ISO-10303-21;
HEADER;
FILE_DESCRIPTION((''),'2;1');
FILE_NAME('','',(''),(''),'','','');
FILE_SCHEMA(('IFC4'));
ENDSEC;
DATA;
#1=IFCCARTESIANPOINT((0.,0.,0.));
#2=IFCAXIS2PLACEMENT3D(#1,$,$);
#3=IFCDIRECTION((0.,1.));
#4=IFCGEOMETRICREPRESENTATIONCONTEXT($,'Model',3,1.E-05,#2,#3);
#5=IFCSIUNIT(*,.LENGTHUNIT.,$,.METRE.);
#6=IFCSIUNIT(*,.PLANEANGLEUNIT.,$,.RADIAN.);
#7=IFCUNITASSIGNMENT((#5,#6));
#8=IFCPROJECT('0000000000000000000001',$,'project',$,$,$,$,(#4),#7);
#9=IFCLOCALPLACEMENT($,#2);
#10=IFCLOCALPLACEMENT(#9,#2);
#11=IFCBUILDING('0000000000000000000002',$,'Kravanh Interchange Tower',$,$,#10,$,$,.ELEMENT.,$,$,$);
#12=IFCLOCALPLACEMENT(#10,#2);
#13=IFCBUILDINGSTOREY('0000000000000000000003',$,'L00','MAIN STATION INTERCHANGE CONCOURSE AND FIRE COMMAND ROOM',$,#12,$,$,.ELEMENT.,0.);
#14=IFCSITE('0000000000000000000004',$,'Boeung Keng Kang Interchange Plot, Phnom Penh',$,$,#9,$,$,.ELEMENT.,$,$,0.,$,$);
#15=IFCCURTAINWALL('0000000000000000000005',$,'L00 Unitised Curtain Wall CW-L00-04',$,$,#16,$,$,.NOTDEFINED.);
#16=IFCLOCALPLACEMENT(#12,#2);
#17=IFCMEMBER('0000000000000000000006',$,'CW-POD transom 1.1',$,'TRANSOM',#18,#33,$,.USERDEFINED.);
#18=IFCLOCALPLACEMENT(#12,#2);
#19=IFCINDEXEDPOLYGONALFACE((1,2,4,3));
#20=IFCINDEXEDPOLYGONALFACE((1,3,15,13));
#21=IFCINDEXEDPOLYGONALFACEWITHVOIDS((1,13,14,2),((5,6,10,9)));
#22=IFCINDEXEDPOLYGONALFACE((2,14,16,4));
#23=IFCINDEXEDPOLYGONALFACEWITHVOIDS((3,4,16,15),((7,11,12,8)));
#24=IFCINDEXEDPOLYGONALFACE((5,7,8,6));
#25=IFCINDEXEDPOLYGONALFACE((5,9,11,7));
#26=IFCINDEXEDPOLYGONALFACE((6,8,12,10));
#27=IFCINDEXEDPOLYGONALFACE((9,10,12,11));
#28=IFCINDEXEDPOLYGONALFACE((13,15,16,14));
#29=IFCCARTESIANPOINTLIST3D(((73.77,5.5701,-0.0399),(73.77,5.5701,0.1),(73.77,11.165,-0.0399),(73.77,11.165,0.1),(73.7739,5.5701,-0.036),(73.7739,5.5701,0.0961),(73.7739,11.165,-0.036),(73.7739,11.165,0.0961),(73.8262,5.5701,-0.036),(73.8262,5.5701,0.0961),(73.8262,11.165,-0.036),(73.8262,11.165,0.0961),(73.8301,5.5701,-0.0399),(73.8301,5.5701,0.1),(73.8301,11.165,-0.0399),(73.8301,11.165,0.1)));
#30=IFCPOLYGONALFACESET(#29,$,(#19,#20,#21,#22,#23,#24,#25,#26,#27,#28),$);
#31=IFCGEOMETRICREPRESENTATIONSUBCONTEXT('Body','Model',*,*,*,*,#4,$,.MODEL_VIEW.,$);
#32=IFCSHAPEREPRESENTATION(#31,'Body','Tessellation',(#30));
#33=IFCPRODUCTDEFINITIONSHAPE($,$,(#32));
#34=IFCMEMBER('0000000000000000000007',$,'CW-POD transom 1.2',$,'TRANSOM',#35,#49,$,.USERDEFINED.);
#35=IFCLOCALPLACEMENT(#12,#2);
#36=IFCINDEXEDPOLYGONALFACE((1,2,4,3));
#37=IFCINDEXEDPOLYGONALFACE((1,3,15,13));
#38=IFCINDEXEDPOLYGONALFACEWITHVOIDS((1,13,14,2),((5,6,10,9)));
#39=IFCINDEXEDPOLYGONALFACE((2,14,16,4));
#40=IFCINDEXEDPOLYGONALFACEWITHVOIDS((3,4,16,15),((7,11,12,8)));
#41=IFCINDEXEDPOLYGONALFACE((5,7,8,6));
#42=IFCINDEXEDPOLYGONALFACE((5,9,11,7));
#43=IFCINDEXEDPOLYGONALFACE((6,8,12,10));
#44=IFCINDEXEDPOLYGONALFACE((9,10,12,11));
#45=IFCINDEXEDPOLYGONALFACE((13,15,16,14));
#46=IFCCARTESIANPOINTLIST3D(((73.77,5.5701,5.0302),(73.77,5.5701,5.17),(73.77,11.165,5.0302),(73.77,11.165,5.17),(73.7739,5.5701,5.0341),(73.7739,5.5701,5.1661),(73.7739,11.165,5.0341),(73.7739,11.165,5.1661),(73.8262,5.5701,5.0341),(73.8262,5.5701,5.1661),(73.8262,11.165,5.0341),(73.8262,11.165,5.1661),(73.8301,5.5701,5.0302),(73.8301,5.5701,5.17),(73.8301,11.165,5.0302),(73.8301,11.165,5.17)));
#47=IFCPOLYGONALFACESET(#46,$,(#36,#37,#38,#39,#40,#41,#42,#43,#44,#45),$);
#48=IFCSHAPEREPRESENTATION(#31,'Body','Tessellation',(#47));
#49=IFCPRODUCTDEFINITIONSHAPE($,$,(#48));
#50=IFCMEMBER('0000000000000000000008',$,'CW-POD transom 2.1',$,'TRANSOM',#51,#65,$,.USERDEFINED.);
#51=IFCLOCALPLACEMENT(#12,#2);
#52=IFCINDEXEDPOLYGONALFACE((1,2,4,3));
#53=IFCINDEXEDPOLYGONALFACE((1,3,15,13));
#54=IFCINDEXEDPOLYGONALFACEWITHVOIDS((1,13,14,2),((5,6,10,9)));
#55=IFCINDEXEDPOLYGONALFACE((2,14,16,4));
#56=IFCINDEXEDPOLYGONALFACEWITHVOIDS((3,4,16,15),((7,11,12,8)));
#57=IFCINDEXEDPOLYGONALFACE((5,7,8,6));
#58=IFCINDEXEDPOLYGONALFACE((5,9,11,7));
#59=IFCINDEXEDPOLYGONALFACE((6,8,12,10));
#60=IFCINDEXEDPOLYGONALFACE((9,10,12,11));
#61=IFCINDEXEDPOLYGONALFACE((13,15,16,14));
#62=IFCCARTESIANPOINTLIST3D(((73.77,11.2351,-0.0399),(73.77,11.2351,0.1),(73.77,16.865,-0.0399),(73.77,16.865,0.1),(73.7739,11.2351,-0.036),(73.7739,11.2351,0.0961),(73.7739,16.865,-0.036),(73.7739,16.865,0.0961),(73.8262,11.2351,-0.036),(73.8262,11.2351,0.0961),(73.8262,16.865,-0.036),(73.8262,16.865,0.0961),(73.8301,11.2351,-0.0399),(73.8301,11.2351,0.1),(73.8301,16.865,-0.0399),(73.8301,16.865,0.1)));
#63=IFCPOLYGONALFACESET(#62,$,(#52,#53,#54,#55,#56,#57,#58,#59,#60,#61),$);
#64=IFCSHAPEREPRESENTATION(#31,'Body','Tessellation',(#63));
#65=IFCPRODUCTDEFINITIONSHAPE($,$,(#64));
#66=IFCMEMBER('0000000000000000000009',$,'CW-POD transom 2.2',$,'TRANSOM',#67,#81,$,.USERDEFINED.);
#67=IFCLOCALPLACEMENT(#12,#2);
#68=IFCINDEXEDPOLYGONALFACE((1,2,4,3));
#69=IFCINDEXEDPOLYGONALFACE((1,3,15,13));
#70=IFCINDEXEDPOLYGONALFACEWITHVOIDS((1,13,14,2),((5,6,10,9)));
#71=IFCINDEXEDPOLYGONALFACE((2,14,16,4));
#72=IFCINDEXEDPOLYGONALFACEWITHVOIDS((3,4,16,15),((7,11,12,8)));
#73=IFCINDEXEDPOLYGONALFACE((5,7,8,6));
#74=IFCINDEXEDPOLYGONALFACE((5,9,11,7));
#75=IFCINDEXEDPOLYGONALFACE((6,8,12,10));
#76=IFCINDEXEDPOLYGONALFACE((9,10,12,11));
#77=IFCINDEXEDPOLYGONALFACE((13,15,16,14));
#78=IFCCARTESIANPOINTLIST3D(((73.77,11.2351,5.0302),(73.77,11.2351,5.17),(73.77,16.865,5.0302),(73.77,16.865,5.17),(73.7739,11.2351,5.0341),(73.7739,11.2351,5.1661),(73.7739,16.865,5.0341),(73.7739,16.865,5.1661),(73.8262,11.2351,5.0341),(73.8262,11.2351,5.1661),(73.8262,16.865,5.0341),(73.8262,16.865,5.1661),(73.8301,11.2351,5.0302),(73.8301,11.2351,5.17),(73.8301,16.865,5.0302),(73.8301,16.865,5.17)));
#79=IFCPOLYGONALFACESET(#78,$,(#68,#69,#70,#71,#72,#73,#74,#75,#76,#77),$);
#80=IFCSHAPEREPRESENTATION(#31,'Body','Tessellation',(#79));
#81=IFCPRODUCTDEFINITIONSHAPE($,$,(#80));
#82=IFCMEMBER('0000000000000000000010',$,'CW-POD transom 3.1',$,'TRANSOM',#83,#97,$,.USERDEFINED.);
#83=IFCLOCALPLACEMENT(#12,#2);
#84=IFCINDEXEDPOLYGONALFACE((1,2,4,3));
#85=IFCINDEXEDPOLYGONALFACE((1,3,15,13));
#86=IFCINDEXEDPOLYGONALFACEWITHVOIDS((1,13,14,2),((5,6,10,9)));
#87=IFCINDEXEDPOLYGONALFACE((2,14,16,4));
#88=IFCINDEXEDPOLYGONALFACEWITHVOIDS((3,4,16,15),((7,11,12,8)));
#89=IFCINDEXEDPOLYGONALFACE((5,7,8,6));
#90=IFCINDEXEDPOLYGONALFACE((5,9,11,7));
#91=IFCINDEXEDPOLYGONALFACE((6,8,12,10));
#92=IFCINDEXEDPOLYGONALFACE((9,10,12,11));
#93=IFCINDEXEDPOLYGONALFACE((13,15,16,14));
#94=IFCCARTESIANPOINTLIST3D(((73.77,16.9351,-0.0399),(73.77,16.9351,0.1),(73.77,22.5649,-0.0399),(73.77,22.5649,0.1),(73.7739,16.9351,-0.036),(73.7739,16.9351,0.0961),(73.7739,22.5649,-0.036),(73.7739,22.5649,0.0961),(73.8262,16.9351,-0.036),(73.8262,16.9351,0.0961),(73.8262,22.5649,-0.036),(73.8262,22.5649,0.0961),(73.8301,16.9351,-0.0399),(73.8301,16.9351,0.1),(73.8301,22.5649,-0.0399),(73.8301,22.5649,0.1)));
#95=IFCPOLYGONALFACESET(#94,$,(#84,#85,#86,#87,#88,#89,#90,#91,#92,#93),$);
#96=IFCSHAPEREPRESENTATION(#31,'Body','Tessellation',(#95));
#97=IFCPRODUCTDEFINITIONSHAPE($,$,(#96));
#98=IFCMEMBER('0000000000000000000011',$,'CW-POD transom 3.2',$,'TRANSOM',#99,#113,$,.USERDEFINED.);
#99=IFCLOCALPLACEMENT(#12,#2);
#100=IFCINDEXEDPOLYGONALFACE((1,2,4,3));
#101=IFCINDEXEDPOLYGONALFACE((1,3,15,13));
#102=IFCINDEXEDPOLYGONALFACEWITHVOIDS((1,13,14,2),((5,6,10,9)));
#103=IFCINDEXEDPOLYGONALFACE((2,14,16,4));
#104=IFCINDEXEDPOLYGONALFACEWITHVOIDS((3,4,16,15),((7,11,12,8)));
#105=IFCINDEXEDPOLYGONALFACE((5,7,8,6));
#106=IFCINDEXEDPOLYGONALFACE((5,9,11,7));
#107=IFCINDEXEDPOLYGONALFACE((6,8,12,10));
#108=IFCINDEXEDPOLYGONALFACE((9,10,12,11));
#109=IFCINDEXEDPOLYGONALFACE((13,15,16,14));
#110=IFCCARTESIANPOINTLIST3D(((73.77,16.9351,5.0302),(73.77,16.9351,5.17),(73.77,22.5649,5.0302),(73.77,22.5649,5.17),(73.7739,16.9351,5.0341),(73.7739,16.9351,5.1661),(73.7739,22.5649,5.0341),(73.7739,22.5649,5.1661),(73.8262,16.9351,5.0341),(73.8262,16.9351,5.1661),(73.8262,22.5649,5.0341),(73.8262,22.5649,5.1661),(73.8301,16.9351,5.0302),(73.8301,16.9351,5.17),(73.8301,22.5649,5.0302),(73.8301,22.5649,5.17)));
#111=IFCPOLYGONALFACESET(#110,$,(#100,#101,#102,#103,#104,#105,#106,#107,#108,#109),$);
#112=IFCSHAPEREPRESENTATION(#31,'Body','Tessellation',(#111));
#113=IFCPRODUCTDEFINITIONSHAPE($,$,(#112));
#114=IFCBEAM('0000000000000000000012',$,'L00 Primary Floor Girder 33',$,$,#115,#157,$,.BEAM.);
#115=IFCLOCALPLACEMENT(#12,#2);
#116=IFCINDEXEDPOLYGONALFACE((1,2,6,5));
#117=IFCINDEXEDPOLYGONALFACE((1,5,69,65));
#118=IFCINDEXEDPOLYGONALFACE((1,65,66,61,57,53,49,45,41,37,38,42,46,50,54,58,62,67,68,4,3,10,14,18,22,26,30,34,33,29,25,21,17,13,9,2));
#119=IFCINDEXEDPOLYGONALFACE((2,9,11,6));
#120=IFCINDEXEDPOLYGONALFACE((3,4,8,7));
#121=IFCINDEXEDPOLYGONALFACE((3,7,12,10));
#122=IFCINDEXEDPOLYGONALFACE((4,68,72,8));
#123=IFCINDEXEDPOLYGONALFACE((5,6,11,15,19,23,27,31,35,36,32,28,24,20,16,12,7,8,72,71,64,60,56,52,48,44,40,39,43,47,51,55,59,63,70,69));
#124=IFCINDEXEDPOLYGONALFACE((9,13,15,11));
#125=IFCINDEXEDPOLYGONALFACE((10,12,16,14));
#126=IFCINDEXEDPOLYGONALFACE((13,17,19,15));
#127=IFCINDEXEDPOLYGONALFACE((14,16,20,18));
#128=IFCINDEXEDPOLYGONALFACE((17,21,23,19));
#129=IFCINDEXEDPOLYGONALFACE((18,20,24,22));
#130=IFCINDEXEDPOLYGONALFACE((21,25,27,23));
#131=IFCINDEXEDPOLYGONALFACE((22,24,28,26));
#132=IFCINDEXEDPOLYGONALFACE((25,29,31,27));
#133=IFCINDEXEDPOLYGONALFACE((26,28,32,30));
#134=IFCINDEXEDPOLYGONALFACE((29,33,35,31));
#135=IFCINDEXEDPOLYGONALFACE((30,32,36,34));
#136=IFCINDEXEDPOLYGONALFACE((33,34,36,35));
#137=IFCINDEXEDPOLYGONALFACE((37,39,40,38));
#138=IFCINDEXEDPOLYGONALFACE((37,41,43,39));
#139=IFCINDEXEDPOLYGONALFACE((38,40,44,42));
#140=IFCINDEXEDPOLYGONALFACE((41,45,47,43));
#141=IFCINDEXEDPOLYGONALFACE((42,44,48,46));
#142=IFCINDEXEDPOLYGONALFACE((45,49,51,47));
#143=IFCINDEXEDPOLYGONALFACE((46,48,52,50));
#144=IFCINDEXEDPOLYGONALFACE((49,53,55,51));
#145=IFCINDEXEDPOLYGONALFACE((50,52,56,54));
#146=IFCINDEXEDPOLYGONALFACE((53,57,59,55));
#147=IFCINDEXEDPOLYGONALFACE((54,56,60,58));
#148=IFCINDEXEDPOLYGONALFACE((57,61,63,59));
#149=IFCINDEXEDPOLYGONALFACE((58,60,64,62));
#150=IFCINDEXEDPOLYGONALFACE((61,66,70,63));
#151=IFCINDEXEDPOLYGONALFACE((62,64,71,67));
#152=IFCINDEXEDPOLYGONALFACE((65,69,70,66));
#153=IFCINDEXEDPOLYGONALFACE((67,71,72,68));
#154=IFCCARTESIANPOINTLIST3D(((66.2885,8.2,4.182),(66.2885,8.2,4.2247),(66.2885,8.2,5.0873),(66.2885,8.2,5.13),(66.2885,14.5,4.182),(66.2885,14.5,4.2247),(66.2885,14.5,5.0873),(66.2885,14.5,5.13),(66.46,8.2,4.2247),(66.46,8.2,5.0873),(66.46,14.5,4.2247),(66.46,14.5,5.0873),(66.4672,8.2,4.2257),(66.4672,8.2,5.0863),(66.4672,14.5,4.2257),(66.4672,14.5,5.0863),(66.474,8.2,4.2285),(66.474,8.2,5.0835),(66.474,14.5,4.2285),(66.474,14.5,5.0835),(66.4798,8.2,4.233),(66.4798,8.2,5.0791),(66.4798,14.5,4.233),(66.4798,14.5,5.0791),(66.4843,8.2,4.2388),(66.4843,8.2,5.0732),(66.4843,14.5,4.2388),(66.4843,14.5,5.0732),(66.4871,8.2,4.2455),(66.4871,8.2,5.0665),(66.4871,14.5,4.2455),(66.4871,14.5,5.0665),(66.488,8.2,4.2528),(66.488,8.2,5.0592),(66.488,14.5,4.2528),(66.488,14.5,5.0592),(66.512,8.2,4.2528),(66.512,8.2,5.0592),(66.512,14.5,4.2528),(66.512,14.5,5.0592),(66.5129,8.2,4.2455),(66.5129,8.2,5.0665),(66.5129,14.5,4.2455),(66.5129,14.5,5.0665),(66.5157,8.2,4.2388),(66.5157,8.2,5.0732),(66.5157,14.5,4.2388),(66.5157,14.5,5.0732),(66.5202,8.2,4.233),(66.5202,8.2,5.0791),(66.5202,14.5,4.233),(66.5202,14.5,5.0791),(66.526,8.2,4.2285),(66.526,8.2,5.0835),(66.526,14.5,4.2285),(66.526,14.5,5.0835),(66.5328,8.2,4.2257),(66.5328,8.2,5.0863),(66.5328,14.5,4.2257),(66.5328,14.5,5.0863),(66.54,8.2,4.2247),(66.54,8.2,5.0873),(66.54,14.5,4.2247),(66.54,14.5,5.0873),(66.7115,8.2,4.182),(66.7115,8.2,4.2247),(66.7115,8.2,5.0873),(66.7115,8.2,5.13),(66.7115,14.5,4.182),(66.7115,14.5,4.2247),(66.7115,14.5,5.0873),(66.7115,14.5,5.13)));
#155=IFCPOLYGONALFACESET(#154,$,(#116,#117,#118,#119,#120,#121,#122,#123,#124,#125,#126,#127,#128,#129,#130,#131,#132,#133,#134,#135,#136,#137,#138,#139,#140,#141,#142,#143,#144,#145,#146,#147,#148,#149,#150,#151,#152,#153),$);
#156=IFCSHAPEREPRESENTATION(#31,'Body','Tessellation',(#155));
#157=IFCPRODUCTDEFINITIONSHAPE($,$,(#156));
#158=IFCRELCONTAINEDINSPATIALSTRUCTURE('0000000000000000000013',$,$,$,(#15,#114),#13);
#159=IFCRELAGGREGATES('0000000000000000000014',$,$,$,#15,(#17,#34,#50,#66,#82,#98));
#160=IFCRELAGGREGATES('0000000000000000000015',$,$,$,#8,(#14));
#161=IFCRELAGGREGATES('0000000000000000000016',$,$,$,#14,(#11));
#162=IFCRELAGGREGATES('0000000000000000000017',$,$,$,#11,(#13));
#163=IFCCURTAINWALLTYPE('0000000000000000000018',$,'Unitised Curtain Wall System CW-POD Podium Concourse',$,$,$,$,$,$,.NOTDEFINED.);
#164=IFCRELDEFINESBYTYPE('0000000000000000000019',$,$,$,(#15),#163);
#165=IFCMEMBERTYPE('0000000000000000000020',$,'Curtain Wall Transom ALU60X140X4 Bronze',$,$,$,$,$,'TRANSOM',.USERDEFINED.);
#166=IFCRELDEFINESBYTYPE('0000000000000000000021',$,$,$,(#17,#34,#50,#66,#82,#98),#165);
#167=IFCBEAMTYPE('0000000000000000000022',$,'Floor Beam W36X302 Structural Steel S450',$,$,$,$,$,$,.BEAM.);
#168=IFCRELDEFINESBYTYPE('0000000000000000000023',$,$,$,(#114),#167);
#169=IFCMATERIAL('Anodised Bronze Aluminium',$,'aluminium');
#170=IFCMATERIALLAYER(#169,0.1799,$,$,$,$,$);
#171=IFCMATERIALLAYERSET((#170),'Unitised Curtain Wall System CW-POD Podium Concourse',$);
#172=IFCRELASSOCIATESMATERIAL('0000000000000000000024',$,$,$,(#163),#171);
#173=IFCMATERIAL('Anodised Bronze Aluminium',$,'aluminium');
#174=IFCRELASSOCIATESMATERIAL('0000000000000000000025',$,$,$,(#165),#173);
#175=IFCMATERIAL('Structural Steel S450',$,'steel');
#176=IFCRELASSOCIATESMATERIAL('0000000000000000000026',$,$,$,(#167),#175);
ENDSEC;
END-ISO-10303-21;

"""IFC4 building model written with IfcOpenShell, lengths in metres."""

from ifc_helpers import new_model, si_unit, direction, frame, origin, origin_2d, place, context, subcontext, project, spatial, hollow_rectangle, i_section, extrude, material, layer, layer_set, material_profile, profile_set, type_object, element, aggregate, save


model = new_model("IFC4")

# Units and contexts
model_context = context("Model", 3, precision=1e-05, world=origin(), true_north=direction((0.0, 1.0)))
body_context = subcontext(model_context, "Body", "Model", "MODEL_VIEW")
ifc_project = project(units=[si_unit("LENGTHUNIT", "METRE"), si_unit("PLANEANGLEUNIT", "RADIAN")], contexts=[model_context])

# Site, building, storey
site_placement = place(None, origin())
site = spatial("IfcSite", under=ifc_project, at=site_placement, Name="Boeung Keng Kang Interchange Plot, Phnom Penh", CompositionType="ELEMENT", RefElevation=0.0)
building_placement = place(site_placement, origin())
building = spatial("IfcBuilding", under=site, at=building_placement, Name="Kravanh Interchange Tower", CompositionType="ELEMENT")
storey_placement = place(building_placement, origin())
storey = spatial("IfcBuildingStorey", under=building, at=storey_placement, Name="L00", Description="MAIN STATION INTERCHANGE CONCOURSE AND FIRE COMMAND ROOM", CompositionType="ELEMENT", Elevation=0.0)

# Curtain wall, members
ifc_material_1 = material(Name="Anodised Bronze Aluminium", Category="aluminium")
ifc_layer_1 = layer(ifc_material_1, 0.1799)
ifc_layer_set_1 = layer_set([ifc_layer_1], Name="Unitised Curtain Wall System CW-POD Podium Concourse")
curtain_wall_type = type_object("IfcCurtainWallType", Name="Unitised Curtain Wall System CW-POD Podium Concourse", PredefinedType="NOTDEFINED", material=ifc_layer_set_1)
curtain_wall_placement = place(storey_placement, origin())
curtain_wall = element("IfcCurtainWall", 1, at=curtain_wall_placement, inside=storey, type_object=curtain_wall_type, Name="L00 Unitised Curtain Wall CW-L00-04", PredefinedType="NOTDEFINED")
ifc_material_2 = material(Name="Anodised Bronze Aluminium", Category="aluminium")
ifc_material_profile_1 = material_profile(ifc_material_2, hollow_rectangle(XDim=0.0601, YDim=0.1399, WallThickness=0.0039, at=origin_2d()), Name="ALU60X140X4")
ifc_profile_set_1 = profile_set([ifc_material_profile_1], Name="Anodised Bronze Aluminium")
member_type_1 = type_object("IfcMemberType", Name="Curtain Wall Transom ALU60X140X4 Bronze", ElementType="TRANSOM", PredefinedType="USERDEFINED", material=ifc_profile_set_1)
member_1_placement = place(storey_placement, frame((73.8, 5.5701, 0.03), z_axis=(0.0, 1.0, 0.0), x_axis=(-1.0, 0.0, 0.0)))
member_1 = element("IfcMember", 2, at=member_1_placement, type_object=member_type_1, Name="CW-POD transom 1.1", ObjectType="TRANSOM", PredefinedType="USERDEFINED", context=body_context, shape_type="SweptSolid", body=[
    extrude(hollow_rectangle(XDim=0.0601, YDim=0.1399, WallThickness=0.0039, at=origin_2d()), origin(), (0.0, 0.0, 1.0), 5.595),
])
member_2_placement = place(storey_placement, frame((73.8, 5.5701, 5.1001), z_axis=(0.0, 1.0, 0.0), x_axis=(-1.0, 0.0, 0.0)))
member_2 = element("IfcMember", 3, at=member_2_placement, type_object=member_type_1, Name="CW-POD transom 1.2", ObjectType="TRANSOM", PredefinedType="USERDEFINED", context=body_context, shape_type="SweptSolid", body=[
    extrude(hollow_rectangle(XDim=0.0601, YDim=0.1399, WallThickness=0.0039, at=origin_2d()), origin(), (0.0, 0.0, 1.0), 5.595),
])
member_3_placement = place(storey_placement, frame((73.8, 11.2351, 0.03), z_axis=(0.0, 1.0, 0.0), x_axis=(-1.0, 0.0, 0.0)))
member_3 = element("IfcMember", 4, at=member_3_placement, type_object=member_type_1, Name="CW-POD transom 2.1", ObjectType="TRANSOM", PredefinedType="USERDEFINED", context=body_context, shape_type="SweptSolid", body=[
    extrude(hollow_rectangle(XDim=0.0601, YDim=0.1399, WallThickness=0.0039, at=origin_2d()), origin(), (0.0, 0.0, 1.0), 5.6299),
])
member_4_placement = place(storey_placement, frame((73.8, 11.2351, 5.1001), z_axis=(0.0, 1.0, 0.0), x_axis=(-1.0, 0.0, 0.0)))
member_4 = element("IfcMember", 5, at=member_4_placement, type_object=member_type_1, Name="CW-POD transom 2.2", ObjectType="TRANSOM", PredefinedType="USERDEFINED", context=body_context, shape_type="SweptSolid", body=[
    extrude(hollow_rectangle(XDim=0.0601, YDim=0.1399, WallThickness=0.0039, at=origin_2d()), origin(), (0.0, 0.0, 1.0), 5.6299),
])
member_5_placement = place(storey_placement, frame((73.8, 16.9351, 0.03), z_axis=(0.0, 1.0, 0.0), x_axis=(-1.0, 0.0, 0.0)))
member_5 = element("IfcMember", 6, at=member_5_placement, type_object=member_type_1, Name="CW-POD transom 3.1", ObjectType="TRANSOM", PredefinedType="USERDEFINED", context=body_context, shape_type="SweptSolid", body=[
    extrude(hollow_rectangle(XDim=0.0601, YDim=0.1399, WallThickness=0.0039, at=origin_2d()), origin(), (0.0, 0.0, 1.0), 5.6299),
])
member_6_placement = place(storey_placement, frame((73.8, 16.9351, 5.1001), z_axis=(0.0, 1.0, 0.0), x_axis=(-1.0, 0.0, 0.0)))
member_6 = element("IfcMember", 7, at=member_6_placement, type_object=member_type_1, Name="CW-POD transom 3.2", ObjectType="TRANSOM", PredefinedType="USERDEFINED", context=body_context, shape_type="SweptSolid", body=[
    extrude(hollow_rectangle(XDim=0.0601, YDim=0.1399, WallThickness=0.0039, at=origin_2d()), origin(), (0.0, 0.0, 1.0), 5.6299),
])

# Beam
ifc_material_3 = material(Name="Structural Steel S450", Category="steel")
ifc_material_profile_2 = material_profile(ifc_material_3, i_section(OverallWidth=0.4231, OverallDepth=0.948, WebThickness=0.0239, FlangeThickness=0.0427, FilletRadius=0.0281, at=origin_2d()), Name="W36X302")
ifc_profile_set_2 = profile_set([ifc_material_profile_2], Name="Structural Steel S450")
beam_type_1 = type_object("IfcBeamType", Name="Floor Beam W36X302 Structural Steel S450", PredefinedType="BEAM", material=ifc_profile_set_2)
beam_1_placement = place(storey_placement, frame((66.5, 8.2, 4.656), z_axis=(0.0, 1.0, 0.0), x_axis=(-1.0, 0.0, 0.0)))
element("IfcBeam", 8, at=beam_1_placement, inside=storey, type_object=beam_type_1, Name="L00 Primary Floor Girder 33", PredefinedType="BEAM", context=body_context, shape_type="SweptSolid", body=[
    extrude(i_section(OverallWidth=0.4231, OverallDepth=0.948, WebThickness=0.0239, FlangeThickness=0.0427, FilletRadius=0.0281, at=origin_2d()), origin(), (0.0, 0.0, 1.0), 6.3),
])

aggregate(curtain_wall, [member_1, member_2, member_3, member_4, member_5, member_6])

save(model, "model.ifc")
